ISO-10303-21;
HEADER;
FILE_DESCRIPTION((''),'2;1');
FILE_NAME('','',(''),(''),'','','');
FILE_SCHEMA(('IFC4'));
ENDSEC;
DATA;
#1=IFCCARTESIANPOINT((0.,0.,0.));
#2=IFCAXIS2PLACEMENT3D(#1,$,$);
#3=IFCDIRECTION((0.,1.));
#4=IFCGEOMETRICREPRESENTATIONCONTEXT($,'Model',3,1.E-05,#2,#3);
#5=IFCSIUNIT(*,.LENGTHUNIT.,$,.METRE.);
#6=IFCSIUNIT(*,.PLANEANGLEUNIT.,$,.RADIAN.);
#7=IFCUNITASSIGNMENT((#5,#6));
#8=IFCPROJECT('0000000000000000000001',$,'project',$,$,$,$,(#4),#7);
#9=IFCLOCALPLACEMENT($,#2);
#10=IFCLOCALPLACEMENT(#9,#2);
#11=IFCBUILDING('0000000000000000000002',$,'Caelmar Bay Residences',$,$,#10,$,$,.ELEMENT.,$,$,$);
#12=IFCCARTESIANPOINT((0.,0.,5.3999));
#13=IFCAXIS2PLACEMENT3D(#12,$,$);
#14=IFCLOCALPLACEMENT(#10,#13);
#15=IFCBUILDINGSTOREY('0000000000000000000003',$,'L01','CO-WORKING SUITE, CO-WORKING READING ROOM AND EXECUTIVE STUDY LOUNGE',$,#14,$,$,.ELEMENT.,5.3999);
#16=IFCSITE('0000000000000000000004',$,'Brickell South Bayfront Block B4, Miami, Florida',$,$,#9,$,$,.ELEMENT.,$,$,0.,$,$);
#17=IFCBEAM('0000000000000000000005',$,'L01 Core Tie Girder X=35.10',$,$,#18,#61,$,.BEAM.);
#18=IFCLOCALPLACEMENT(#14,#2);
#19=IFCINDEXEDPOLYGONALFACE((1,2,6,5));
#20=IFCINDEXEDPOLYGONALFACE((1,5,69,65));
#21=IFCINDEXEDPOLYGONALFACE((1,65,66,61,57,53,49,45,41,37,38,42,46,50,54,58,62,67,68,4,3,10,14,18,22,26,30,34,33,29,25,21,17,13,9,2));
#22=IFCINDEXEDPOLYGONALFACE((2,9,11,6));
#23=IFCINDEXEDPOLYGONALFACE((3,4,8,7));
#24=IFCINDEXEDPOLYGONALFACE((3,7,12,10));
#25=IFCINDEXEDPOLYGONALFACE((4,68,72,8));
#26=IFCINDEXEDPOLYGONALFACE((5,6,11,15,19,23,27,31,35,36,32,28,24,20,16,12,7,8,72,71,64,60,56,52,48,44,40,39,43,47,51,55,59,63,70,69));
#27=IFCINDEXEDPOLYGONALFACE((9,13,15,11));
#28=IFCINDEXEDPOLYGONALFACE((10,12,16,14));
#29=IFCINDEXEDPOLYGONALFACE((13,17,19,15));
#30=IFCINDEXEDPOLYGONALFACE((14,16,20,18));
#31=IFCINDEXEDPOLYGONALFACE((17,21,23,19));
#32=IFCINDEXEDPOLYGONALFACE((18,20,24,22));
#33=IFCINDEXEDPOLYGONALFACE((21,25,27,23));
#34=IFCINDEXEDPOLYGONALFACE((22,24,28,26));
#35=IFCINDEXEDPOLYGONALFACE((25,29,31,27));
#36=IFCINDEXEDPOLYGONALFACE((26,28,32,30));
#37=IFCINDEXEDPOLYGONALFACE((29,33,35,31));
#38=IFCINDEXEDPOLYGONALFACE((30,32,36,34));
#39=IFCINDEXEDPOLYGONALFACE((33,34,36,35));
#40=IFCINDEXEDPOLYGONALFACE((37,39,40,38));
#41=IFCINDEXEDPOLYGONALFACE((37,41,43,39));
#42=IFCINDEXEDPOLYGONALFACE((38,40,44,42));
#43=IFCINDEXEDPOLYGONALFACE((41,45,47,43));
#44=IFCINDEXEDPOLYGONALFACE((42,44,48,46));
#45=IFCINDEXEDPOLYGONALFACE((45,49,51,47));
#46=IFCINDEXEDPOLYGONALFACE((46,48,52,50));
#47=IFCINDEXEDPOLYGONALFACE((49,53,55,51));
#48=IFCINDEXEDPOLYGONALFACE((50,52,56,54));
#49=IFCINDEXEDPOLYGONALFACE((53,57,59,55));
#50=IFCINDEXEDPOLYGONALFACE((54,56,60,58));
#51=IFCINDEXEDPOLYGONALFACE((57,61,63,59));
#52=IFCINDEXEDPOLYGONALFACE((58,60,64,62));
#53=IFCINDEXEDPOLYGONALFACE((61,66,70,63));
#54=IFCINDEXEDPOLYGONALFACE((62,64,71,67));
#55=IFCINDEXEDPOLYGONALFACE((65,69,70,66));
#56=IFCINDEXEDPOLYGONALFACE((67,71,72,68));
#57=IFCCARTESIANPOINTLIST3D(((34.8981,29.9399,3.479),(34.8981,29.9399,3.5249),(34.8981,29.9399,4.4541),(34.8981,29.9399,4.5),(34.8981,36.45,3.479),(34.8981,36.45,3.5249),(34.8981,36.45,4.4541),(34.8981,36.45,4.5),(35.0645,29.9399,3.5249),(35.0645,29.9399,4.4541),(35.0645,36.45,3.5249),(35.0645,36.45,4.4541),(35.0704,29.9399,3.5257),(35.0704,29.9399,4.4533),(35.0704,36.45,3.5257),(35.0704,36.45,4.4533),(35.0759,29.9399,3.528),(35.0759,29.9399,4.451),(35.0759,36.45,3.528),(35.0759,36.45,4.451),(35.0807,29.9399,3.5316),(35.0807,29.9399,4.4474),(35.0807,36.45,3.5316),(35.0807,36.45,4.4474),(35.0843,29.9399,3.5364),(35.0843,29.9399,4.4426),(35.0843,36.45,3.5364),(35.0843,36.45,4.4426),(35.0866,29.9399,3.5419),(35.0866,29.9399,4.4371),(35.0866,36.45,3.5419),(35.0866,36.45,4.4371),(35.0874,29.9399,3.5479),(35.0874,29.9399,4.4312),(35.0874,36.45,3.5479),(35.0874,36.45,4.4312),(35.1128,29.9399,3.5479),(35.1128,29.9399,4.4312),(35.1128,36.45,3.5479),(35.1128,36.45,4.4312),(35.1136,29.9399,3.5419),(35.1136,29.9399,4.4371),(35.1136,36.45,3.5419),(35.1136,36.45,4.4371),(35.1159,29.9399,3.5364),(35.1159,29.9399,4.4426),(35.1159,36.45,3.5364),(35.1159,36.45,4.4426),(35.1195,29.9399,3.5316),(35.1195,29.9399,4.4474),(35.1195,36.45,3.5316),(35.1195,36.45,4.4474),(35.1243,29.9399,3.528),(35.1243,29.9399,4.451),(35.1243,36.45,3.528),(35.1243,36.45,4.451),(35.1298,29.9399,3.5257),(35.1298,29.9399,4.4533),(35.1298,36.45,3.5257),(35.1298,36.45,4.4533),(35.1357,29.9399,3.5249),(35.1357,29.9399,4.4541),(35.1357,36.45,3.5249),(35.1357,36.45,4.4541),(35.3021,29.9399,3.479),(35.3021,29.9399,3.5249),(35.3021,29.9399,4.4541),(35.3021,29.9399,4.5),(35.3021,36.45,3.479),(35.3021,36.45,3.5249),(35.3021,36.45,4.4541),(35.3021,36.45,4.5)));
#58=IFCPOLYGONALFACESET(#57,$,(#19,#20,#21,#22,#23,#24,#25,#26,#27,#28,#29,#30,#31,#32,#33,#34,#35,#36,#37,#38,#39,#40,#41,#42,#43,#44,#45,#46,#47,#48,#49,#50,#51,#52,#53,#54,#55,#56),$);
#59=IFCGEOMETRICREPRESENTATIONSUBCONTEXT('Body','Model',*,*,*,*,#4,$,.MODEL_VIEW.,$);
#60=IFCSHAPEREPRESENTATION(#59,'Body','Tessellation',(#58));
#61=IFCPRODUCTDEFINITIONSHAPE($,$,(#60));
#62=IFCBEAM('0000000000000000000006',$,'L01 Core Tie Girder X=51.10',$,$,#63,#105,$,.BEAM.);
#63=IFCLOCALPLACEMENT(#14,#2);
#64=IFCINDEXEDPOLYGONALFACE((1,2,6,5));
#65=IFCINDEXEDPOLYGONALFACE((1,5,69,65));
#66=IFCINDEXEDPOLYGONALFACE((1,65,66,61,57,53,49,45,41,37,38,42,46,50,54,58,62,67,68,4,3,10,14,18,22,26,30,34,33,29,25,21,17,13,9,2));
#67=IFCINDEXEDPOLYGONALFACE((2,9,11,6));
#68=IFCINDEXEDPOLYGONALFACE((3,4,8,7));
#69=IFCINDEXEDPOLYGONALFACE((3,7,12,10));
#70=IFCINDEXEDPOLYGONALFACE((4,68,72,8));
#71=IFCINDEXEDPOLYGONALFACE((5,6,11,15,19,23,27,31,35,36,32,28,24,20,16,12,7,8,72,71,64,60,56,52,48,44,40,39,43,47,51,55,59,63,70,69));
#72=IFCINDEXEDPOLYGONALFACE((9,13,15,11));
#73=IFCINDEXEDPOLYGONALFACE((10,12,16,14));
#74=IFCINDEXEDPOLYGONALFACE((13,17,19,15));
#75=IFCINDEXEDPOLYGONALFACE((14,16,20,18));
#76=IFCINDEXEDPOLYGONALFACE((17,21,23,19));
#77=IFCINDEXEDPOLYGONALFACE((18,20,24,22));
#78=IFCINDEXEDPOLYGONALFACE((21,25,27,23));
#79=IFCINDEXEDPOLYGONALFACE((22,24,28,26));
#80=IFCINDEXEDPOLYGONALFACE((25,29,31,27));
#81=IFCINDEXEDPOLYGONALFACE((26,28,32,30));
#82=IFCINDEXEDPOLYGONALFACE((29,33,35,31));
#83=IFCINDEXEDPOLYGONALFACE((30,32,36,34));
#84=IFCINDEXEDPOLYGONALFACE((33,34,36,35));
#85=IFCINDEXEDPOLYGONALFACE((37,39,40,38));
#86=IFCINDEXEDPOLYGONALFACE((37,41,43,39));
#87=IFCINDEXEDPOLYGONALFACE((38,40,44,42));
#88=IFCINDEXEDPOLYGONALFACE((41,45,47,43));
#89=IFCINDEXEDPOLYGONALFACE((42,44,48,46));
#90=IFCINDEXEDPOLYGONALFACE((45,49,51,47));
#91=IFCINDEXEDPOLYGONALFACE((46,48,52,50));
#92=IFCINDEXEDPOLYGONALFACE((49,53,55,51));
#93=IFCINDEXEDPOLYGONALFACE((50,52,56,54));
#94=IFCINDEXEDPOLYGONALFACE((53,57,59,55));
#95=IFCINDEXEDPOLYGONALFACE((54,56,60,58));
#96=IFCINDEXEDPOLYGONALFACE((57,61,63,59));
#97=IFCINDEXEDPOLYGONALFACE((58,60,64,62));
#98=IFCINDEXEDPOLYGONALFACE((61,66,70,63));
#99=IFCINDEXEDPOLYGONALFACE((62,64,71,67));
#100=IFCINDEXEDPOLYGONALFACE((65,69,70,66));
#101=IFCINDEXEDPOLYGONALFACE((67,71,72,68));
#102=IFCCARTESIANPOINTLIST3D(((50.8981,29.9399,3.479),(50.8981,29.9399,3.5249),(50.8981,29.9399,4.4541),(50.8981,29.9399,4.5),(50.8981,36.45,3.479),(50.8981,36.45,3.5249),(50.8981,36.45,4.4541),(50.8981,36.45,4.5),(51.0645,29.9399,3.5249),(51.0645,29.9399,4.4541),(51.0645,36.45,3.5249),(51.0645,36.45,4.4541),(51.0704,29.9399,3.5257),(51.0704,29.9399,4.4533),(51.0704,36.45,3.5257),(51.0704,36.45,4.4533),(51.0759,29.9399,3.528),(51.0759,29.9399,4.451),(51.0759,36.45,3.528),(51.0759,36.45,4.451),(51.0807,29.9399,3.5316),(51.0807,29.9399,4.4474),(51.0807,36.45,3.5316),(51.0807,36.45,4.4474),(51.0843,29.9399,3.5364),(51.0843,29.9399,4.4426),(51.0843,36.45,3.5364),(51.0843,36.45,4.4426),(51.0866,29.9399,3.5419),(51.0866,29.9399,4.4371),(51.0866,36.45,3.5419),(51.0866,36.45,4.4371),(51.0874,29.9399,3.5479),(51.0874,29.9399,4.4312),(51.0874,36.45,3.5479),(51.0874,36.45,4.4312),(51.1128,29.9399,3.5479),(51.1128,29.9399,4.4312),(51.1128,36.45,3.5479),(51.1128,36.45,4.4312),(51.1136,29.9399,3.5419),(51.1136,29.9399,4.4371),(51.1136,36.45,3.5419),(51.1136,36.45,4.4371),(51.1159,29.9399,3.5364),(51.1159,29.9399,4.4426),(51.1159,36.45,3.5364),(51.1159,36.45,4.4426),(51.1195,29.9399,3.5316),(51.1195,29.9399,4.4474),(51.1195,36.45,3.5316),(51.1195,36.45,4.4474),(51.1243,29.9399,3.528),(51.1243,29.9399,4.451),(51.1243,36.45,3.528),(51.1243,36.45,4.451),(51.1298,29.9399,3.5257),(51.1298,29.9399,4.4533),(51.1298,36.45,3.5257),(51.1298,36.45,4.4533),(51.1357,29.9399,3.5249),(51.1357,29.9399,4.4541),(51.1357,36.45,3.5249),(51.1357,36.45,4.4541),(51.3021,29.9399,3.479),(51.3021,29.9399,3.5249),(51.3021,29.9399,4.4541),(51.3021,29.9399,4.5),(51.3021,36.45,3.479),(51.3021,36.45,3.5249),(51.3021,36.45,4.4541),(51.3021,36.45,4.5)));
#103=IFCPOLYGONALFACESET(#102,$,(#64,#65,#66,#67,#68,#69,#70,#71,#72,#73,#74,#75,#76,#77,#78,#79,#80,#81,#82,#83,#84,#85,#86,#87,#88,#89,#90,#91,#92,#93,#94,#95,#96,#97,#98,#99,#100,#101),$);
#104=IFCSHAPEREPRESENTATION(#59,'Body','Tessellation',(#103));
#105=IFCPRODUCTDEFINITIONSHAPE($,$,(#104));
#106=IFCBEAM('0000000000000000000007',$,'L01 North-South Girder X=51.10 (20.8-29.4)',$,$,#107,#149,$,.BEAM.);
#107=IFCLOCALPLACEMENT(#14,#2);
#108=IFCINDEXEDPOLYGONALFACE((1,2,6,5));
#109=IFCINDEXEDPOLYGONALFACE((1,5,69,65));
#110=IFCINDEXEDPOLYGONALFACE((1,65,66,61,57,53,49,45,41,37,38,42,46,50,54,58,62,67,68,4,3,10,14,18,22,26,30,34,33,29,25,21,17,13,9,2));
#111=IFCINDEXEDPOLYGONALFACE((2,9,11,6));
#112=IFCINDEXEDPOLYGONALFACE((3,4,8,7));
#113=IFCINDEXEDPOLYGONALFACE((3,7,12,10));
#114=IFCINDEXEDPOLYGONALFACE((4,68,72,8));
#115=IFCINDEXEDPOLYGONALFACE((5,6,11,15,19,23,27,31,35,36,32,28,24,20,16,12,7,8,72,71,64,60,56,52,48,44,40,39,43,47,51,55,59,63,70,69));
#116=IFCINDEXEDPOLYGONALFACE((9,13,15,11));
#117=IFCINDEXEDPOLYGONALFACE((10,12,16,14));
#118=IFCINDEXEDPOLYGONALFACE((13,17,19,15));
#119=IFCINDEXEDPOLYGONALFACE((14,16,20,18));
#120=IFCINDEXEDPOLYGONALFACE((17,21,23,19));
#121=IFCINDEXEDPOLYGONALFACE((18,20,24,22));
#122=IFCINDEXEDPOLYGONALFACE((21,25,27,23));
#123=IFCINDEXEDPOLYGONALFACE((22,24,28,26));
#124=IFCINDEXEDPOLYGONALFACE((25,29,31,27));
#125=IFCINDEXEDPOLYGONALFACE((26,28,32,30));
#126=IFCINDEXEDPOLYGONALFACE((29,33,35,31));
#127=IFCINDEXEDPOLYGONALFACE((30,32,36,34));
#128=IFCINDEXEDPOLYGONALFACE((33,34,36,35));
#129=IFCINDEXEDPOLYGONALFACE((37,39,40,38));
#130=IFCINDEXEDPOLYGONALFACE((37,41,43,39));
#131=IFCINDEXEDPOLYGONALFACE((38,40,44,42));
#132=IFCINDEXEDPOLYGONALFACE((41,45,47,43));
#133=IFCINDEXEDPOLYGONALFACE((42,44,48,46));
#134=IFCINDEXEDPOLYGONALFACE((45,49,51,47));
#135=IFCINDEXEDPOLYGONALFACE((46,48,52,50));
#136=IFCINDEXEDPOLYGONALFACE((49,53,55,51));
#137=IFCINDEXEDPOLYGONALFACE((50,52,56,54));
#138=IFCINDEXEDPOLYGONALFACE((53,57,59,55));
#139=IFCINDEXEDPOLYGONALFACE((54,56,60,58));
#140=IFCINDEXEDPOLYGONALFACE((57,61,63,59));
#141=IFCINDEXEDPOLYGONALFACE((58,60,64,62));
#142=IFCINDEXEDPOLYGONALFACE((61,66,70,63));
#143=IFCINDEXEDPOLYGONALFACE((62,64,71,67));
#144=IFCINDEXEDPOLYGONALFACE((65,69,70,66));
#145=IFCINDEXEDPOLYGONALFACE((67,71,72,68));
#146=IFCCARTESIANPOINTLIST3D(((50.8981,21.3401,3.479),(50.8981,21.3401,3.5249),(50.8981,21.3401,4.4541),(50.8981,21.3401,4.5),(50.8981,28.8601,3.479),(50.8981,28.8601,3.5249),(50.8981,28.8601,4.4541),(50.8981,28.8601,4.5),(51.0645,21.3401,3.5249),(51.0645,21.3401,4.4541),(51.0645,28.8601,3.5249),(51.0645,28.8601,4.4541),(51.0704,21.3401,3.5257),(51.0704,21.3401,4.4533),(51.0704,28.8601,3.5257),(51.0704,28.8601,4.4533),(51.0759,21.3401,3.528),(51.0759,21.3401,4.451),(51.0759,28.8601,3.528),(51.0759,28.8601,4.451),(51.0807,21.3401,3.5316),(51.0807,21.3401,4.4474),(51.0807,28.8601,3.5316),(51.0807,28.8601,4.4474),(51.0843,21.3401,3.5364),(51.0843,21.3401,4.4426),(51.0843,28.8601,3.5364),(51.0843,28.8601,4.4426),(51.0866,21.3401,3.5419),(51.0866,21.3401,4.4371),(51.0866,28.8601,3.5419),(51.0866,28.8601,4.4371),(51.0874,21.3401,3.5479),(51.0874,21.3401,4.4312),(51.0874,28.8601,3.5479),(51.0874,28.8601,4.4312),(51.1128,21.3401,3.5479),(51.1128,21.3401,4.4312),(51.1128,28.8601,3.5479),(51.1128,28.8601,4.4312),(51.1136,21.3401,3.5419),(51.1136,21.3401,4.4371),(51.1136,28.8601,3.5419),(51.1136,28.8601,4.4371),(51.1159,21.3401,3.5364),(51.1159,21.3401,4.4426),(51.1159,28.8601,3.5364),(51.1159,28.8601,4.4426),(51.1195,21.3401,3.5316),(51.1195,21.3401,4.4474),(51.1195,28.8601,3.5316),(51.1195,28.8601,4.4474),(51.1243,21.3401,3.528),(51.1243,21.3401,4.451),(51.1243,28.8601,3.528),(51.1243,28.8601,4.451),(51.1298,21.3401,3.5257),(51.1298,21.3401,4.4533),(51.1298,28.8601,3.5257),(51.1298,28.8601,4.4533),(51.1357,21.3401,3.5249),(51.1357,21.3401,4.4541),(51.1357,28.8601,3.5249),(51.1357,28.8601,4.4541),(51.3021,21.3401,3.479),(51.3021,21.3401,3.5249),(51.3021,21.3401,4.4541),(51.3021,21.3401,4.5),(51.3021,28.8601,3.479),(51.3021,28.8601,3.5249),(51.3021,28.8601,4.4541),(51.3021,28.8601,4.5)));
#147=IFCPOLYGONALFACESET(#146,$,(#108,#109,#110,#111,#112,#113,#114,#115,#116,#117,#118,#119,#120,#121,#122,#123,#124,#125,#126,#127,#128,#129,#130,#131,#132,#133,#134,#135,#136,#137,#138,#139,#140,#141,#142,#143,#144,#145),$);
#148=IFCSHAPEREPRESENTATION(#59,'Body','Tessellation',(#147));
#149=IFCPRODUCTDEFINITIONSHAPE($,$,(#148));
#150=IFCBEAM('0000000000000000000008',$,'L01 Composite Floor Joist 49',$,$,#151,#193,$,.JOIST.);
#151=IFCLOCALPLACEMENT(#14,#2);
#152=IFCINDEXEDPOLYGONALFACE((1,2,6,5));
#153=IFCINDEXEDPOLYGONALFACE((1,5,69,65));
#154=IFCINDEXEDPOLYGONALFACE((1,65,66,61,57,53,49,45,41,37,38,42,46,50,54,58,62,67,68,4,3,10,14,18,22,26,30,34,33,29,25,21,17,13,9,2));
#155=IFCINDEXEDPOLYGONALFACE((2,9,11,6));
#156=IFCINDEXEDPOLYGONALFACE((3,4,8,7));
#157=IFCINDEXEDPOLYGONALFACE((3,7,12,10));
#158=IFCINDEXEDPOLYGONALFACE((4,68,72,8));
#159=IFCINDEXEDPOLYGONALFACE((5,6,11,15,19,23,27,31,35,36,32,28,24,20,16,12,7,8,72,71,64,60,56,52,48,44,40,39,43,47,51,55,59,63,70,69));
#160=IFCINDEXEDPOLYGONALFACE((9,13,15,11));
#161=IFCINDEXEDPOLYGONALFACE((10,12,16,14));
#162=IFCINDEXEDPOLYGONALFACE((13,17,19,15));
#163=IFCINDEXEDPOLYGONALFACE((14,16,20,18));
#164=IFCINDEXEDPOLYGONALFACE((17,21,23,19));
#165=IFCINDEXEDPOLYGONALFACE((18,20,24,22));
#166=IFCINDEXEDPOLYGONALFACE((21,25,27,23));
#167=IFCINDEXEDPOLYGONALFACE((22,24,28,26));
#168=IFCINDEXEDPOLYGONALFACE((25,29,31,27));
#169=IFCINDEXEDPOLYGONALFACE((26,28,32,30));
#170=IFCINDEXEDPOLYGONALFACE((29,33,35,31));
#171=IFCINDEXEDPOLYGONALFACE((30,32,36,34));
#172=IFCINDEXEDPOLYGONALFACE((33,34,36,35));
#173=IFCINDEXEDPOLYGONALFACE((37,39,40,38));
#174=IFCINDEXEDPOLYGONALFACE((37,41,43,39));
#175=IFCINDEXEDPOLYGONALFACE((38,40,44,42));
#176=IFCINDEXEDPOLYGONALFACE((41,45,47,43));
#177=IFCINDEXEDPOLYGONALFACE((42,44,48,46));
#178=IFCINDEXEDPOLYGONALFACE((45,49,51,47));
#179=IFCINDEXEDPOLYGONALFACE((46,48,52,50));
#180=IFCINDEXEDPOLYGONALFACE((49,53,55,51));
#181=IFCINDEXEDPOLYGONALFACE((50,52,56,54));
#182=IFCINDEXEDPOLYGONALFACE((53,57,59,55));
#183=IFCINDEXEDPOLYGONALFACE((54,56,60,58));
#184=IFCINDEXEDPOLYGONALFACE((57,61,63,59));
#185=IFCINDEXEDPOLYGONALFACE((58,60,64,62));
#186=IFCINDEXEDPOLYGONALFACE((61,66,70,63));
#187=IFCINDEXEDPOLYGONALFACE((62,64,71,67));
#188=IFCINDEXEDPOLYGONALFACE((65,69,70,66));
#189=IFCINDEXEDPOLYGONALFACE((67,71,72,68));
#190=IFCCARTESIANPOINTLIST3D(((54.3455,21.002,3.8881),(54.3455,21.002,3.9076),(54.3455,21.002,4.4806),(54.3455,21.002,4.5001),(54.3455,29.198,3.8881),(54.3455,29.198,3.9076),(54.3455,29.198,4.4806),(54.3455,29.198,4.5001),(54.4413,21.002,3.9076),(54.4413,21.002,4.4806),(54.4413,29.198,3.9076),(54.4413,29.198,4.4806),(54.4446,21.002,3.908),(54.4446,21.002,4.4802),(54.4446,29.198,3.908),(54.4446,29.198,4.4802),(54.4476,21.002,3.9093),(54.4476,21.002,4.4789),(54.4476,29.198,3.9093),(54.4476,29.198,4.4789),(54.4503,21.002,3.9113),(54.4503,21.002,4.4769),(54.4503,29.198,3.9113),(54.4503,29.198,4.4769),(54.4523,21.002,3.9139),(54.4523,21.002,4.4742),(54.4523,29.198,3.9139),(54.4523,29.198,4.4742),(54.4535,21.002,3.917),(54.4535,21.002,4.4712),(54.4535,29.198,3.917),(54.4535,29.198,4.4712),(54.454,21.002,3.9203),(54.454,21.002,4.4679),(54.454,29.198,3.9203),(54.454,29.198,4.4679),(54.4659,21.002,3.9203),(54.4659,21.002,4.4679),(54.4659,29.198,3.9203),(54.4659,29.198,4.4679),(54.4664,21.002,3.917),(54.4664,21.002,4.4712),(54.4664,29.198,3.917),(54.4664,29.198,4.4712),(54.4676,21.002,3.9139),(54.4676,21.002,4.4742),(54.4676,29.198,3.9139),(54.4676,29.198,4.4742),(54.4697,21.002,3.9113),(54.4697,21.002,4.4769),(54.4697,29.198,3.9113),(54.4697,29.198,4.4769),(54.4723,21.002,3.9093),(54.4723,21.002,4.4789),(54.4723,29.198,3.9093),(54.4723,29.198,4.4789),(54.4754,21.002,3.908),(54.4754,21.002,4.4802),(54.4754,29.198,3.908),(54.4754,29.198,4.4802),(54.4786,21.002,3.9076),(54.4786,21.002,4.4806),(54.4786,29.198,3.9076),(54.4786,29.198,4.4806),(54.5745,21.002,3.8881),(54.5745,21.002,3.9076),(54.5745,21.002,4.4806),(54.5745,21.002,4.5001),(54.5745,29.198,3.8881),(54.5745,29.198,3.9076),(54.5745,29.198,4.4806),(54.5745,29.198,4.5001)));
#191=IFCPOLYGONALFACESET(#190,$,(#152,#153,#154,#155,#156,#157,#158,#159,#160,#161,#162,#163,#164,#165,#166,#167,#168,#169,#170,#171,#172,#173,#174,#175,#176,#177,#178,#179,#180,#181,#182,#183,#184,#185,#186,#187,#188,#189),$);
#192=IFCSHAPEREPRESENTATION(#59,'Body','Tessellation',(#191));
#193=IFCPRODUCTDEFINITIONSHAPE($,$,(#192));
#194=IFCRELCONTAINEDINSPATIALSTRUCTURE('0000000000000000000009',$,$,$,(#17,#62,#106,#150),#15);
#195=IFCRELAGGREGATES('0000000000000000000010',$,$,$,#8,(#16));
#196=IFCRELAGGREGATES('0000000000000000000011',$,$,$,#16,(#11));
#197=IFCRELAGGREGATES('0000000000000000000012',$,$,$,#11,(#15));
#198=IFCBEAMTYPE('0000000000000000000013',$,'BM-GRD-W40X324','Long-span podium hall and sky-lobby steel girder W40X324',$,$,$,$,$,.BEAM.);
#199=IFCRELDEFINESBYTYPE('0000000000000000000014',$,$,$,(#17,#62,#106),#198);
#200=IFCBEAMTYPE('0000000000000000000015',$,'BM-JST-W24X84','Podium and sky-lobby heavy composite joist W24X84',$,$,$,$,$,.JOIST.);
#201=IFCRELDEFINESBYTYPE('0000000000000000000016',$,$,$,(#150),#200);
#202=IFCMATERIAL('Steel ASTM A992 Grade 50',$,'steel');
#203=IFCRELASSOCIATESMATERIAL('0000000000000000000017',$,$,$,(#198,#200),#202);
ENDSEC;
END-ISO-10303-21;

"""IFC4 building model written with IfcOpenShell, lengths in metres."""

from ifc_helpers import new_model, si_unit, direction, frame, origin, origin_2d, place, context, subcontext, project, spatial, i_section, extrude, material, material_profile, profile_set, type_object, element, save


model = new_model("IFC4")

# Units and contexts
model_context = context("Model", 3, precision=1e-05, world=origin(), true_north=direction((0.0, 1.0)))
body_context = subcontext(model_context, "Body", "Model", "MODEL_VIEW")
ifc_project = project(units=[si_unit("LENGTHUNIT", "METRE"), si_unit("PLANEANGLEUNIT", "RADIAN")], contexts=[model_context])

# Site, building, storey
site_placement = place(None, origin())
site = spatial("IfcSite", under=ifc_project, at=site_placement, Name="Brickell South Bayfront Block B4, Miami, Florida", CompositionType="ELEMENT", RefElevation=0.0)
building_placement = place(site_placement, origin())
building = spatial("IfcBuilding", under=site, at=building_placement, Name="Caelmar Bay Residences", CompositionType="ELEMENT")
storey_placement = place(building_placement, frame((0.0, 0.0, 5.3999)))
storey = spatial("IfcBuildingStorey", under=building, at=storey_placement, Name="L01", Description="CO-WORKING SUITE, CO-WORKING READING ROOM AND EXECUTIVE STUDY LOUNGE", CompositionType="ELEMENT", Elevation=5.3999)

# Beams
ifc_material_1 = material(Name="Steel ASTM A992 Grade 50", Category="steel")
ifc_material_profile_1 = material_profile(ifc_material_1, i_section(OverallWidth=0.4041, OverallDepth=1.021, WebThickness=0.0254, FlangeThickness=0.0459, FilletRadius=0.0229, at=origin_2d()), Name="W40X324")
ifc_profile_set_1 = profile_set([ifc_material_profile_1], Name="Steel ASTM A992 Grade 50")
beam_type_1 = type_object("IfcBeamType", Name="BM-GRD-W40X324", Description="Long-span podium hall and sky-lobby steel girder W40X324", PredefinedType="BEAM", material=ifc_profile_set_1)
for number, where, z_axis, x_axis, name in (
    (1, (35.1001, 29.9399, 3.9895), (0.0, 1.0, 0.0), (-1.0, 0.0, 0.0), "L01 Core Tie Girder X=35.10"),
    (2, (51.1001, 29.9399, 3.9895), (0.0, 1.0, 0.0), (-1.0, 0.0, 0.0), "L01 Core Tie Girder X=51.10"),
):
    element("IfcBeam", number, at=place(storey_placement, frame(where, z_axis=z_axis, x_axis=x_axis)), inside=storey, type_object=beam_type_1, Name=name, PredefinedType="BEAM", context=body_context, shape_type="SweptSolid", body=[
        extrude(i_section(OverallWidth=0.4041, OverallDepth=1.021, WebThickness=0.0254, FlangeThickness=0.0459, FilletRadius=0.0229, at=origin_2d()), origin(), (0.0, 0.0, 1.0), 6.51),
    ])
beam_1_placement = place(storey_placement, frame((51.1001, 21.3401, 3.9895), z_axis=(0.0, 1.0, 0.0), x_axis=(-1.0, 0.0, 0.0)))
element("IfcBeam", 3, at=beam_1_placement, inside=storey, type_object=beam_type_1, Name="L01 North-South Girder X=51.10 (20.8-29.4)", PredefinedType="BEAM", context=body_context, shape_type="SweptSolid", body=[
    extrude(i_section(OverallWidth=0.4041, OverallDepth=1.021, WebThickness=0.0254, FlangeThickness=0.0459, FilletRadius=0.0229, at=origin_2d()), origin(), (0.0, 0.0, 1.0), 7.52),
])
ifc_material_profile_2 = material_profile(ifc_material_1, i_section(OverallWidth=0.229, OverallDepth=0.6121, WebThickness=0.012, FlangeThickness=0.0195, FilletRadius=0.0127, at=origin_2d()), Name="W24X84")
ifc_profile_set_2 = profile_set([ifc_material_profile_2], Name="Steel ASTM A992 Grade 50")
beam_type_2 = type_object("IfcBeamType", Name="BM-JST-W24X84", Description="Podium and sky-lobby heavy composite joist W24X84", PredefinedType="JOIST", material=ifc_profile_set_2)
for number, where, z_axis, x_axis, name in (
    (4, (54.46, 21.002, 4.1941), (0.0, 1.0, 0.0), (-1.0, 0.0, 0.0), "L01 Composite Floor Joist 49"),
):
    element("IfcBeam", number, at=place(storey_placement, frame(where, z_axis=z_axis, x_axis=x_axis)), inside=storey, type_object=beam_type_2, Name=name, PredefinedType="JOIST", context=body_context, shape_type="SweptSolid", body=[
        extrude(i_section(OverallWidth=0.229, OverallDepth=0.6121, WebThickness=0.012, FlangeThickness=0.0195, FilletRadius=0.0127, at=origin_2d()), origin(), (0.0, 0.0, 1.0), 8.196),
    ])

save(model, "model.ifc")
